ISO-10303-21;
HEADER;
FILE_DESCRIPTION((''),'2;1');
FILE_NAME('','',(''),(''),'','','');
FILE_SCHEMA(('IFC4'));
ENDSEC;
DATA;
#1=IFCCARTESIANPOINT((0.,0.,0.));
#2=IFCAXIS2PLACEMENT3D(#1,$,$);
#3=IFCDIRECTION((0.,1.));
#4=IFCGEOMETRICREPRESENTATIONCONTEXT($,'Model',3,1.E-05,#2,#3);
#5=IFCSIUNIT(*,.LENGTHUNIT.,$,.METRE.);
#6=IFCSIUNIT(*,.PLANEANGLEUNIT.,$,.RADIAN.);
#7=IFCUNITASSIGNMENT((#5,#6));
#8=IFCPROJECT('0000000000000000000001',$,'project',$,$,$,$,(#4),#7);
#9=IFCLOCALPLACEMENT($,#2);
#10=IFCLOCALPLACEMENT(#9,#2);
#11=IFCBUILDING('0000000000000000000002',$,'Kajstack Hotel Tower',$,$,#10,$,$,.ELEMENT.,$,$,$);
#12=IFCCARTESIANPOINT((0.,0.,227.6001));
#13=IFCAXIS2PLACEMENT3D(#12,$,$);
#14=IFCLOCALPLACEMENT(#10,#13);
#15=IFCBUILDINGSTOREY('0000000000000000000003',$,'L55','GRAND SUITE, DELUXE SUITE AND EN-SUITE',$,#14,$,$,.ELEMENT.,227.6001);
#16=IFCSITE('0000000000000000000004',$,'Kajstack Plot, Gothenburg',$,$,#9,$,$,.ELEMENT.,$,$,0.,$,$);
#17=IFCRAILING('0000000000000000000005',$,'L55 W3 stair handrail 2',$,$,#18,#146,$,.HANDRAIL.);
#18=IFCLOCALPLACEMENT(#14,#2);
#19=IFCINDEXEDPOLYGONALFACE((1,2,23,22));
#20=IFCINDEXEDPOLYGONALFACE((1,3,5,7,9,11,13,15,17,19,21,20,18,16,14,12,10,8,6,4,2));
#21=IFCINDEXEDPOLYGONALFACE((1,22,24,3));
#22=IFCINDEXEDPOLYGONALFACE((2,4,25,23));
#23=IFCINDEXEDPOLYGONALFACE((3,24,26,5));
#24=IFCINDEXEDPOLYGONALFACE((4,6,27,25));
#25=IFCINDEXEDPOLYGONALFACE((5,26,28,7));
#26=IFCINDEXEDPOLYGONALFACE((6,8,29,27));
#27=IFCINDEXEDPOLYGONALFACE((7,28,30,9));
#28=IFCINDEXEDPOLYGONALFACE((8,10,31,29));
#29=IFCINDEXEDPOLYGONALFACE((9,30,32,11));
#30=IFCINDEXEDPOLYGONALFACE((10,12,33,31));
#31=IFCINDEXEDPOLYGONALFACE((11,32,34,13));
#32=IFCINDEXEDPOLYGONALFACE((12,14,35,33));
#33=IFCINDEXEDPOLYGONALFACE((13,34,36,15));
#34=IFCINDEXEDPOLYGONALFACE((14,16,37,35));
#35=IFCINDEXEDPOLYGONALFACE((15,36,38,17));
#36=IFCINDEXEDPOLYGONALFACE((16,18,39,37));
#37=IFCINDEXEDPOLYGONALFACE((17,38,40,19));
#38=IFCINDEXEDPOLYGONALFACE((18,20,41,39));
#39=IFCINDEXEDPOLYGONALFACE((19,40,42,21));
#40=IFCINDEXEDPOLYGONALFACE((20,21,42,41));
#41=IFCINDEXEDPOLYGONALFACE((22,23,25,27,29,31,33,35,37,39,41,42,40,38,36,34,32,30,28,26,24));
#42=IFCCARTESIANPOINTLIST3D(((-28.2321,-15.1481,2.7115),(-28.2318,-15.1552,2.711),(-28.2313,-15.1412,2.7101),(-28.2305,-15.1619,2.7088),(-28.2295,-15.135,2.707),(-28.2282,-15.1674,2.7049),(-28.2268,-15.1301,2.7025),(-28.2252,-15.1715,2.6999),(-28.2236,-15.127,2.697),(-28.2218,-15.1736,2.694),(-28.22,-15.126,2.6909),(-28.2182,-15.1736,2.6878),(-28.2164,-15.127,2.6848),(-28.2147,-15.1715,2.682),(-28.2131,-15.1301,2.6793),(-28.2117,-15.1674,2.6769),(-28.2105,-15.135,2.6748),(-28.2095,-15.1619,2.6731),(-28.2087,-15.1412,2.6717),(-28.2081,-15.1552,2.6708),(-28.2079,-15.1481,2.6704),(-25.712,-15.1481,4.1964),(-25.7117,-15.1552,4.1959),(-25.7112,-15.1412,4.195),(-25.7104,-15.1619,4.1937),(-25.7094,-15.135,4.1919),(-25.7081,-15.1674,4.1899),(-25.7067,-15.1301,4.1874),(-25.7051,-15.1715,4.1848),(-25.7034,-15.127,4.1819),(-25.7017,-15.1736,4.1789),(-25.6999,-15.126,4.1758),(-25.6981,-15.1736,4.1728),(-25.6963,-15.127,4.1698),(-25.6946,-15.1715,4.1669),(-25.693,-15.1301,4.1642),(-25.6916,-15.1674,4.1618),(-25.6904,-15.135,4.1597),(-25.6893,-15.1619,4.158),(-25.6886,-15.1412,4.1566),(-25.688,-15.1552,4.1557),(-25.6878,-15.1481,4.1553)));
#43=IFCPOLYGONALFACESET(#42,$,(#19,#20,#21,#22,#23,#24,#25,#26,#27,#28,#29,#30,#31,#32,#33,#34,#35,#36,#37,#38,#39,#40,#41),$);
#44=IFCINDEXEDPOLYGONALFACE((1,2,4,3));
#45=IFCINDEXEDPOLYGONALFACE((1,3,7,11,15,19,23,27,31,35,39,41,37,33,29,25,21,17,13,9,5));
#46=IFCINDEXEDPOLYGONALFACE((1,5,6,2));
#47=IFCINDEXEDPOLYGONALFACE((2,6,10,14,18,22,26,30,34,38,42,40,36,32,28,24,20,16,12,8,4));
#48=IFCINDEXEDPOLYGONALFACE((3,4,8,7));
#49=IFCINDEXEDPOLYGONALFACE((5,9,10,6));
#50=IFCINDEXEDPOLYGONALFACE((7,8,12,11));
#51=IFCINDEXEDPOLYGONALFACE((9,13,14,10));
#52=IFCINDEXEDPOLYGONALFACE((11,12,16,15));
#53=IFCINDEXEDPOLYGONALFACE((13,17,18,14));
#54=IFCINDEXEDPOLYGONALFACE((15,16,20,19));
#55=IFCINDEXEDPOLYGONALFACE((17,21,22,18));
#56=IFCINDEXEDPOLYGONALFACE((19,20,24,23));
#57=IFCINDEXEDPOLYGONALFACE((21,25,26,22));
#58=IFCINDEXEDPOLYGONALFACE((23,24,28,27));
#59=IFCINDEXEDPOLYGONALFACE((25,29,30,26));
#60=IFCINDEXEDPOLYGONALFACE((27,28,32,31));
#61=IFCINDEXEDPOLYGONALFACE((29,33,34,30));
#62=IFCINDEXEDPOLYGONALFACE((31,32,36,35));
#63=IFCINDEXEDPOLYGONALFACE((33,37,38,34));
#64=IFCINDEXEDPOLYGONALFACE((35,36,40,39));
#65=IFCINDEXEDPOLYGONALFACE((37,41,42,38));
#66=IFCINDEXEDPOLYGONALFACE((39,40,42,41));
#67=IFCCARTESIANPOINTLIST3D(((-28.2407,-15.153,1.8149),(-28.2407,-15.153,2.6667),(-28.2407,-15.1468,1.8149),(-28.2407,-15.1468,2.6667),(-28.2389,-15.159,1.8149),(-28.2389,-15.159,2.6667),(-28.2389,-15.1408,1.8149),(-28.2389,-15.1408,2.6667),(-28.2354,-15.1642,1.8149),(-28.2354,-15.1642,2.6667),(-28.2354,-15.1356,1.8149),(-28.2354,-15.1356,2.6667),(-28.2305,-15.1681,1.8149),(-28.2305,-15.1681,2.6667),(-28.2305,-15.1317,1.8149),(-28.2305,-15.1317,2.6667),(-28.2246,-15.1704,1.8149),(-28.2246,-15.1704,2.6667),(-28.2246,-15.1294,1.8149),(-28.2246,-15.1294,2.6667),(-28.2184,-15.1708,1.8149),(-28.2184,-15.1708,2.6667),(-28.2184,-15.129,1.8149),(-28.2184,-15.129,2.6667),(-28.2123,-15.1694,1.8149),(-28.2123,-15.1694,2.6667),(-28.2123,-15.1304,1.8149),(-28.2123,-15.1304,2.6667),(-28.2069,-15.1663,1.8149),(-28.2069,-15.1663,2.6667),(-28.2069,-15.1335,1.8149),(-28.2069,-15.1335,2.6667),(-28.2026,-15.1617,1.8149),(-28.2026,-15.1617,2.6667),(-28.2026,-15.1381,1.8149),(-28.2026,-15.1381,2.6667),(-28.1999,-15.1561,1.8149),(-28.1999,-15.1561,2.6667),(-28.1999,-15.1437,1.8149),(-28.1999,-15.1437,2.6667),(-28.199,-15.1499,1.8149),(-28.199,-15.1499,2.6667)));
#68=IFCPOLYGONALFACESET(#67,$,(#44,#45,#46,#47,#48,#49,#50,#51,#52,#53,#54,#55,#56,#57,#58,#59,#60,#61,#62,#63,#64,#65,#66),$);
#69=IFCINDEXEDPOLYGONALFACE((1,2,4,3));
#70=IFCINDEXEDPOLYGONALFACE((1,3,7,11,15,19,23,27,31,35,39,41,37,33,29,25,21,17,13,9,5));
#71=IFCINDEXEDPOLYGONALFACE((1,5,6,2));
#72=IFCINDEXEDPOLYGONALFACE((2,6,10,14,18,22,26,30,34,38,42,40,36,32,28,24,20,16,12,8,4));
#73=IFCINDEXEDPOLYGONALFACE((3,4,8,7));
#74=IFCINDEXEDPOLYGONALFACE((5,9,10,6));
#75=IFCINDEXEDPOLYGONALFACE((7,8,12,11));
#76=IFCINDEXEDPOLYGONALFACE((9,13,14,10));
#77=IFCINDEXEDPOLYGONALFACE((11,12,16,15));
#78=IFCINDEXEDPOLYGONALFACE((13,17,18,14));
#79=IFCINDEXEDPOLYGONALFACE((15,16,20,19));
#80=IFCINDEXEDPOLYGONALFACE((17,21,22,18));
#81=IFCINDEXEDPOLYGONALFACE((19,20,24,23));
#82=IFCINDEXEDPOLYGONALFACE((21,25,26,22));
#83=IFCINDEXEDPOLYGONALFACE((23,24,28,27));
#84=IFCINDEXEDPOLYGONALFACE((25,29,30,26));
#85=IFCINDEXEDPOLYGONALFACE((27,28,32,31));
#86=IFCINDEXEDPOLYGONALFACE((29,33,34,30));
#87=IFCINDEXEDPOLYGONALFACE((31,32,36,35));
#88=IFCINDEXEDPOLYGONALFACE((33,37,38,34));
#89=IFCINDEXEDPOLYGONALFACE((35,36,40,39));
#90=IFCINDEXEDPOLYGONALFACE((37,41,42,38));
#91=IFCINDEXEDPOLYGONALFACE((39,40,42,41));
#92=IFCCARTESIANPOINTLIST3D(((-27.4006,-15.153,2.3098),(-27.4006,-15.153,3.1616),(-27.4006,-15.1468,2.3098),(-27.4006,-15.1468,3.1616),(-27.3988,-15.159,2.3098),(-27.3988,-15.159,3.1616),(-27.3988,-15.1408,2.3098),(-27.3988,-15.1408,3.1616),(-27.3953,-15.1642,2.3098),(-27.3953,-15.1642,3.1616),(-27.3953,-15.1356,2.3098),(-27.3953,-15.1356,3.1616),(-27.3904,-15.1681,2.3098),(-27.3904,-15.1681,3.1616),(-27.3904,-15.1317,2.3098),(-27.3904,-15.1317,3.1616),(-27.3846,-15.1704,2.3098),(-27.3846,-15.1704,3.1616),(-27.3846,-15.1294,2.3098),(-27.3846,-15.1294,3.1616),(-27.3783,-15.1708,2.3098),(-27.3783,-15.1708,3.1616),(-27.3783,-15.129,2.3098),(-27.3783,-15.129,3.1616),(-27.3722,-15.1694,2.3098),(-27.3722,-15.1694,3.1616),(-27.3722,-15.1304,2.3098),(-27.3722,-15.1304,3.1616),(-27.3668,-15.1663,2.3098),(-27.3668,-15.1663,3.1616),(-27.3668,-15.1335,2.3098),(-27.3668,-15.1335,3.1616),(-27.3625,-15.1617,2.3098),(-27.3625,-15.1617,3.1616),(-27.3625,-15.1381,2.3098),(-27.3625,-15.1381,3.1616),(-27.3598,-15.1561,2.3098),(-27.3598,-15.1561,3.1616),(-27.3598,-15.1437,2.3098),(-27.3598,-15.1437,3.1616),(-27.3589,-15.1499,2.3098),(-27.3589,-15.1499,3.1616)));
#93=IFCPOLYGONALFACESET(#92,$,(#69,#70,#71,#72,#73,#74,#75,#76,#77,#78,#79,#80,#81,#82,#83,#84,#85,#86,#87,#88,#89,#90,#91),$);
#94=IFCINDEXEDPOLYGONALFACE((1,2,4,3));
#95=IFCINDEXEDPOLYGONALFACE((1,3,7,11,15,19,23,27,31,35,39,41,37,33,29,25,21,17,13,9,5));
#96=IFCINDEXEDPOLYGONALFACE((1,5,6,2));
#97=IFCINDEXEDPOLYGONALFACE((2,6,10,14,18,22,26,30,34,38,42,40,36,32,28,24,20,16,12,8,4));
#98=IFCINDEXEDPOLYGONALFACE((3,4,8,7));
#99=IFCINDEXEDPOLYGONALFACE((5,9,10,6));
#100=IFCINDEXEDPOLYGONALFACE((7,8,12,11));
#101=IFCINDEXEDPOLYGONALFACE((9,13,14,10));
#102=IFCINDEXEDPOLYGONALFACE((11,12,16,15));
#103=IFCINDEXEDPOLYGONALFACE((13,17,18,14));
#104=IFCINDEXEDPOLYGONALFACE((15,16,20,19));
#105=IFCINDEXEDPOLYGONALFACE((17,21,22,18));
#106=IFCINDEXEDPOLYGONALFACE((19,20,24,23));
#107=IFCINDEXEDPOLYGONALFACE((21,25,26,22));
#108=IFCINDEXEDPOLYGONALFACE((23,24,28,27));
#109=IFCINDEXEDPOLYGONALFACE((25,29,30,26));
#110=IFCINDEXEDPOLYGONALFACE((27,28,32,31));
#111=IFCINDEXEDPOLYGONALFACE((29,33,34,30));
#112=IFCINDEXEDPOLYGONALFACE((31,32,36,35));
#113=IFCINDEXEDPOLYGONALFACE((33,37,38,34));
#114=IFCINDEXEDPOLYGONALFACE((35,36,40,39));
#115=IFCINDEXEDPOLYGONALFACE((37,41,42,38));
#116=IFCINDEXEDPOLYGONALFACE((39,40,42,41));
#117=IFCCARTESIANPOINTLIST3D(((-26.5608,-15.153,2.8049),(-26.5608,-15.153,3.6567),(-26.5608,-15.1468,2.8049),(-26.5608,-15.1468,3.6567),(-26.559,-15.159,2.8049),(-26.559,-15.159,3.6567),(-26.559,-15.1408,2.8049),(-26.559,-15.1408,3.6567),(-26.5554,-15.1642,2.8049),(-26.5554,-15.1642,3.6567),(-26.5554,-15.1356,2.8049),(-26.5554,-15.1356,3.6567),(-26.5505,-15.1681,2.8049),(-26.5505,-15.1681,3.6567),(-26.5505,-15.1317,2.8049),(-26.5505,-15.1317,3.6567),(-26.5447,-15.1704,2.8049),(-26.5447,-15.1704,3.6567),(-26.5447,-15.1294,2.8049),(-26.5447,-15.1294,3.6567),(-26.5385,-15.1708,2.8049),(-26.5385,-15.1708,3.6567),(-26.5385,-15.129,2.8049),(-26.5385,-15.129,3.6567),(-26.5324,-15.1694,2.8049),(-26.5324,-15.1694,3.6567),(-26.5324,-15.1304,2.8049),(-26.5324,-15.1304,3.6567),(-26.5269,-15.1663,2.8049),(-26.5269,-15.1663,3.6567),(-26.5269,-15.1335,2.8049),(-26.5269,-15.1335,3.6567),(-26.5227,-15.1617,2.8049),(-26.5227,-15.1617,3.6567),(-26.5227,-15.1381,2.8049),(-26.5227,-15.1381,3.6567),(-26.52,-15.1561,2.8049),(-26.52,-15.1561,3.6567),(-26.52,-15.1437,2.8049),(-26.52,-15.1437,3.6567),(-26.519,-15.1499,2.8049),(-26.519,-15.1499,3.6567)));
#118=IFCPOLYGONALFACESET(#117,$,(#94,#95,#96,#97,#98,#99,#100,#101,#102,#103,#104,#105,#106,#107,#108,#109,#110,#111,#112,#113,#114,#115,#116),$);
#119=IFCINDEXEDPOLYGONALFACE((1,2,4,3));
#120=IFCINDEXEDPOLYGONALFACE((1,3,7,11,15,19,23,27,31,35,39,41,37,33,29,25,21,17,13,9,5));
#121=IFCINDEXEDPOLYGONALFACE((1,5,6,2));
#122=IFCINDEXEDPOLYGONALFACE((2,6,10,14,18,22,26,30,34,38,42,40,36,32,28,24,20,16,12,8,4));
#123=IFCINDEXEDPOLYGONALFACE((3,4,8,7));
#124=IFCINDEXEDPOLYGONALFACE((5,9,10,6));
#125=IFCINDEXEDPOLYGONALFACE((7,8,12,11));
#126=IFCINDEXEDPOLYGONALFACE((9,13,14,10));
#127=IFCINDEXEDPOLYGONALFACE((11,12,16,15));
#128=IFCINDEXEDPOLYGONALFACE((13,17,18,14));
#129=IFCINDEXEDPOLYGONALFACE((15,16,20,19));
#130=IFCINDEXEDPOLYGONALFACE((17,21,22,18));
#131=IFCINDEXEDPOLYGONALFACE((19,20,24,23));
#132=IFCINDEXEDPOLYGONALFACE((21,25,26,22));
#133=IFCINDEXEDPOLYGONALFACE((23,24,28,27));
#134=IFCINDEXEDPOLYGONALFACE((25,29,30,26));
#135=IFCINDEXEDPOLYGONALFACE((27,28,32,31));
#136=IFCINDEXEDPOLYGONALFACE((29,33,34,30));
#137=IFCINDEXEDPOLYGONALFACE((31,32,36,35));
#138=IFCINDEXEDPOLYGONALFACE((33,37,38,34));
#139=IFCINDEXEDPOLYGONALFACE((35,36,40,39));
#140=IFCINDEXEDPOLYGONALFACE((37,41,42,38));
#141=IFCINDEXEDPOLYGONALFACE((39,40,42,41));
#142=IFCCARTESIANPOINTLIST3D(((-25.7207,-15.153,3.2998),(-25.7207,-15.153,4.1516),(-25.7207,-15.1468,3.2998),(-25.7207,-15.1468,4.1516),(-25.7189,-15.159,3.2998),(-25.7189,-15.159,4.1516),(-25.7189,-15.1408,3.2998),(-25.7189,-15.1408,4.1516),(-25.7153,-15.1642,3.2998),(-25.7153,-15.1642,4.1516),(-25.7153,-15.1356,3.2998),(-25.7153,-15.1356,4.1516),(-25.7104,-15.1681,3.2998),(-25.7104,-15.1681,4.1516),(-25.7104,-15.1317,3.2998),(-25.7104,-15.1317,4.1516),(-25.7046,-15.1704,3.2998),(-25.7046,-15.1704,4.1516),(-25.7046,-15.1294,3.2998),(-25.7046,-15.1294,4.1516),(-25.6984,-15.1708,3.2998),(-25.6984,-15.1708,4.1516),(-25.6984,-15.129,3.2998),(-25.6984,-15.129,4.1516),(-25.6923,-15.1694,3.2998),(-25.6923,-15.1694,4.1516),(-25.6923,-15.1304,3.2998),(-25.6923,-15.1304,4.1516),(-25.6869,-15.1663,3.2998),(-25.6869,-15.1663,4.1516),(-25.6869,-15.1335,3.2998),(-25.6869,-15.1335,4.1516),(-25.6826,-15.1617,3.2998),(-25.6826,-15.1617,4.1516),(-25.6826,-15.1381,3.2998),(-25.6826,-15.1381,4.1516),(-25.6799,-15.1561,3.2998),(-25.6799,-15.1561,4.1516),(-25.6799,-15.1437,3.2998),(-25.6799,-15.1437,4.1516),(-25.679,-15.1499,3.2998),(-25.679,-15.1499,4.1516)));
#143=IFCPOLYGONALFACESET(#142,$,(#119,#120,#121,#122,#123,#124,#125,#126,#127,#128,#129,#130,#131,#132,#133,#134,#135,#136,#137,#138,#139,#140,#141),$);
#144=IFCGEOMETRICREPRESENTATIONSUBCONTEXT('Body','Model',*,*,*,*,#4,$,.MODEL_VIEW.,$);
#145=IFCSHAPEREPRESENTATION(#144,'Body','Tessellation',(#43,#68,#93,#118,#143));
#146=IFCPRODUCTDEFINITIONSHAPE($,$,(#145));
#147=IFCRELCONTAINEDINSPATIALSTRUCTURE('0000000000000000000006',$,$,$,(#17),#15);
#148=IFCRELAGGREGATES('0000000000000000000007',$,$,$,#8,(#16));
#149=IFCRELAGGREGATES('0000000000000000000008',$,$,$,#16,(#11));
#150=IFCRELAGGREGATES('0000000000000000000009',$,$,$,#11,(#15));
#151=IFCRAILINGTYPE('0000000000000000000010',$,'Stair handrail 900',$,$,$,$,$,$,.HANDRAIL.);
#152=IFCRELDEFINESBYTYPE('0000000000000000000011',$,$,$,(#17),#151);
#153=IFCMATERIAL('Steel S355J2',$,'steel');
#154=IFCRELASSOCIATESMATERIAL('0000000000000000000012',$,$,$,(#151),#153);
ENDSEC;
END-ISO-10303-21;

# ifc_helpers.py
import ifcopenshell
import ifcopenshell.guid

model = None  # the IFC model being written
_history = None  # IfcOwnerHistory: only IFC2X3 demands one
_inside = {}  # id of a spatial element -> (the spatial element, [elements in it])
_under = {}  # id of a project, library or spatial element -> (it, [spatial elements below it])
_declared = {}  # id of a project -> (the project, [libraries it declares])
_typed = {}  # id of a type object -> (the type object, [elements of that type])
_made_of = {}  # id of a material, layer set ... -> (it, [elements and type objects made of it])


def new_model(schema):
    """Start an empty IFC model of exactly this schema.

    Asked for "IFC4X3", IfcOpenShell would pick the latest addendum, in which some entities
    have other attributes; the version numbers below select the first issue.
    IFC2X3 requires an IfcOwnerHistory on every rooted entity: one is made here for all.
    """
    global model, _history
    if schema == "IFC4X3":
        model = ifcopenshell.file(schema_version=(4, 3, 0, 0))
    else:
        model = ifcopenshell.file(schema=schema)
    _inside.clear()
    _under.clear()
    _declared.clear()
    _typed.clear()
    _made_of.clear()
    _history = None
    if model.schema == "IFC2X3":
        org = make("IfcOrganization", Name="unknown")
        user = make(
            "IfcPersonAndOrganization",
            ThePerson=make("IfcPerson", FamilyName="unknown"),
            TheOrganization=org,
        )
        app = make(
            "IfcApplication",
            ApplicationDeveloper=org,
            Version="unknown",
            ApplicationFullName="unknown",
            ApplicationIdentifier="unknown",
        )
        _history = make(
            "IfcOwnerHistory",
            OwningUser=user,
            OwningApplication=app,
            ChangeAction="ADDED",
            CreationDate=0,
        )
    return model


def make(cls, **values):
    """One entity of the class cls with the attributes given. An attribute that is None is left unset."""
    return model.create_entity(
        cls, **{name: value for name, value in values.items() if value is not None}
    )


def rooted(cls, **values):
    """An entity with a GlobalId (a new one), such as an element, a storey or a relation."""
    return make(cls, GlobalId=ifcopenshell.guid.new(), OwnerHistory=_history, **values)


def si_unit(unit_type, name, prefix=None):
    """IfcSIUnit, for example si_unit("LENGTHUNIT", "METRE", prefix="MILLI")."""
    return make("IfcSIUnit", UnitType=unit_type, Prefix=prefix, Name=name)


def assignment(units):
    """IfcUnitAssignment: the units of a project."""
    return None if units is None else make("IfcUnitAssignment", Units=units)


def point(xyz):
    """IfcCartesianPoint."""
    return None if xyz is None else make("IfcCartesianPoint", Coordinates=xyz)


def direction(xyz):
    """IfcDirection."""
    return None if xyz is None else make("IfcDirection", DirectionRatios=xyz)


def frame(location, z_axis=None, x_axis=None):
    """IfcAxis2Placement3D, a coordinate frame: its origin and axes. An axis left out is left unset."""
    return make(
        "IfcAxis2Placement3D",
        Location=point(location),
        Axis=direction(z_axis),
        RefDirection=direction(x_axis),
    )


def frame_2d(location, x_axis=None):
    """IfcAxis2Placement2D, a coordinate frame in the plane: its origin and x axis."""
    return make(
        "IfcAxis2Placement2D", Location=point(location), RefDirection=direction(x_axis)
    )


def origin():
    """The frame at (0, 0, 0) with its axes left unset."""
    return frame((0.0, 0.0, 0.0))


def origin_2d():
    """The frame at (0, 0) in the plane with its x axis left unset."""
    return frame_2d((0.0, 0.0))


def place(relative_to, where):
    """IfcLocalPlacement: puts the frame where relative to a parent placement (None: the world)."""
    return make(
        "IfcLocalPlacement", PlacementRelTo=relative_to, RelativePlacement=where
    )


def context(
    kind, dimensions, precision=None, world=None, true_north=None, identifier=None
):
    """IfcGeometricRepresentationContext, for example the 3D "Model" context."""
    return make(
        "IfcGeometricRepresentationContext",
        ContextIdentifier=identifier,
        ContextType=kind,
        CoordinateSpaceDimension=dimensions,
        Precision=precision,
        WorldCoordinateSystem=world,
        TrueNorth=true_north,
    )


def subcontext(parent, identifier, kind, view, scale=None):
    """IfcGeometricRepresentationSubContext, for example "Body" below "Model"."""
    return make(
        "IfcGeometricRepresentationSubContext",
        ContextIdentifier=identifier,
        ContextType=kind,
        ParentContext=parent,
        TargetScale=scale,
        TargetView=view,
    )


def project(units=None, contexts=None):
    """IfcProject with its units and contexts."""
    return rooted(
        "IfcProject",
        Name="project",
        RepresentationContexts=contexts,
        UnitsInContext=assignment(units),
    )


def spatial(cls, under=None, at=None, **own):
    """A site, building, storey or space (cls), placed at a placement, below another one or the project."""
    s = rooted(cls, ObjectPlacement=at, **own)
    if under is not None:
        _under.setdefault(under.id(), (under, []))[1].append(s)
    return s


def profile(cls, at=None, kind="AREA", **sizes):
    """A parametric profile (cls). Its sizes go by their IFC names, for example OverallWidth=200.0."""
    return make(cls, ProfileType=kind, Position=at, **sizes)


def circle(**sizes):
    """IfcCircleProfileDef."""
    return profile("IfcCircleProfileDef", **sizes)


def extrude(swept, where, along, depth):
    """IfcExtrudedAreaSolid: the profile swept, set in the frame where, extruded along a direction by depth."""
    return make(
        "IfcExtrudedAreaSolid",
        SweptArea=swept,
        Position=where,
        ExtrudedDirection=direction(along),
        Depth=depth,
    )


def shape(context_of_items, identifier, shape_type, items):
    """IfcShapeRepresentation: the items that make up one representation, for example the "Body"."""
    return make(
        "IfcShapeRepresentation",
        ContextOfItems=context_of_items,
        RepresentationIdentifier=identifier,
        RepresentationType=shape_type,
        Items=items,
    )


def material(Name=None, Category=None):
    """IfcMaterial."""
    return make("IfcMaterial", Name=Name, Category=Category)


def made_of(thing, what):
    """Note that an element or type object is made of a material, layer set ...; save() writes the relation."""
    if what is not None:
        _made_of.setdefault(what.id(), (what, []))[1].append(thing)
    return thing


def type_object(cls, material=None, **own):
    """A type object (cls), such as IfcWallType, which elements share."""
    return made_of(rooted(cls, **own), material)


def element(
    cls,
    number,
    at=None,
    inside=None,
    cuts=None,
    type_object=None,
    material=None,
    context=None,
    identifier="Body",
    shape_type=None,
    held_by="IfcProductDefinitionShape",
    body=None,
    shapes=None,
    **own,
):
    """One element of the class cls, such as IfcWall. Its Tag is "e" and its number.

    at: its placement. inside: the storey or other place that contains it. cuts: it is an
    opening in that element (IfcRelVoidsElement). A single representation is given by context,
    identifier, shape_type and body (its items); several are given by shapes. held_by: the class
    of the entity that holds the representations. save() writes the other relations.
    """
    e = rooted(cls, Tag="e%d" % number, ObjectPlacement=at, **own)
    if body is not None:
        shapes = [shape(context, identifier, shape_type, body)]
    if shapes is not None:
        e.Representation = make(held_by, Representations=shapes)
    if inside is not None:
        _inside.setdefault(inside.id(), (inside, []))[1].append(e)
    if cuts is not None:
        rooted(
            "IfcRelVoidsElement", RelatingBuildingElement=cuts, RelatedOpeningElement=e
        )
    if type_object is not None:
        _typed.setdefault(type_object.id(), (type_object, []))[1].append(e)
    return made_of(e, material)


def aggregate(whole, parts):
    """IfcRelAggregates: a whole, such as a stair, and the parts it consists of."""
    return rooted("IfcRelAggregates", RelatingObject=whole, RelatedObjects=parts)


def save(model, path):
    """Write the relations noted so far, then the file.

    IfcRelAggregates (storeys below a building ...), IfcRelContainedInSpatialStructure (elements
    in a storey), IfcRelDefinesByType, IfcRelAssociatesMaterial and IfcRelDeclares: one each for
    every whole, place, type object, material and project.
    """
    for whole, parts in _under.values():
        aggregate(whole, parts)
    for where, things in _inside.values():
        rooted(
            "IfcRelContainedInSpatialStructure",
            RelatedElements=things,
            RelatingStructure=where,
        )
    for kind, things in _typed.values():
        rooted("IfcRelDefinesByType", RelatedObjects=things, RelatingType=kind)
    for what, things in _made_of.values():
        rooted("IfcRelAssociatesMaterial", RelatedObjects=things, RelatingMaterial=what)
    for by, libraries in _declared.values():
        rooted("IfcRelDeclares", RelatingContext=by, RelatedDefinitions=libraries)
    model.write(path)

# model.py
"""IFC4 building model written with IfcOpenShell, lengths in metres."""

from ifc_helpers import new_model, si_unit, direction, frame, origin, origin_2d, place, context, subcontext, project, spatial, circle, extrude, material, type_object, element, save


model = new_model("IFC4")

# Units and contexts
model_context = context("Model", 3, precision=1e-05, world=origin(), true_north=direction((0.0, 1.0)))
body_context = subcontext(model_context, "Body", "Model", "MODEL_VIEW")
ifc_project = project(units=[si_unit("LENGTHUNIT", "METRE"), si_unit("PLANEANGLEUNIT", "RADIAN")], contexts=[model_context])

# Site, building, storey
site_placement = place(None, origin())
site = spatial("IfcSite", under=ifc_project, at=site_placement, Name="Kajstack Plot, Gothenburg", CompositionType="ELEMENT", RefElevation=0.0)
building_placement = place(site_placement, origin())
building = spatial("IfcBuilding", under=site, at=building_placement, Name="Kajstack Hotel Tower", CompositionType="ELEMENT")
storey_placement = place(building_placement, frame((0.0, 0.0, 227.6001)))
storey = spatial("IfcBuildingStorey", under=building, at=storey_placement, Name="L55", Description="GRAND SUITE, DELUXE SUITE AND EN-SUITE", CompositionType="ELEMENT", Elevation=227.6001)

# Railing
ifc_material_1 = material(Name="Steel S355J2", Category="steel")
railing_type_1 = type_object("IfcRailingType", Name="Stair handrail 900", PredefinedType="HANDRAIL", material=ifc_material_1)
railing_1_placement = place(storey_placement, frame((-28.22, -15.1499, 1.8149)))
element("IfcRailing", 1, at=railing_1_placement, inside=storey, type_object=railing_type_1, Name="L55 W3 stair handrail 2", PredefinedType="HANDRAIL", context=body_context, shape_type="SweptSolid", body=[
    extrude(circle(Radius=0.0239, at=origin_2d()), frame((0.0, 0.0, 0.876), z_axis=(0.861561, 0.0, 0.507655), x_axis=(0.0, 1.0, 0.0)), (0.0, 0.0, 1.0), 2.925),
    extrude(circle(Radius=0.021, at=origin_2d()), origin(), (0.0, 0.0, 1.0), 0.8518),
    extrude(circle(Radius=0.021, at=origin_2d()), frame((0.8401, 0.0, 0.4949)), (0.0, 0.0, 1.0), 0.8518),
    extrude(circle(Radius=0.021, at=origin_2d()), frame((1.6799, 0.0, 0.99)), (0.0, 0.0, 1.0), 0.8518),
    extrude(circle(Radius=0.021, at=origin_2d()), frame((2.52, 0.0, 1.4849)), (0.0, 0.0, 1.0), 0.8518),
])

save(model, "model.ifc")
